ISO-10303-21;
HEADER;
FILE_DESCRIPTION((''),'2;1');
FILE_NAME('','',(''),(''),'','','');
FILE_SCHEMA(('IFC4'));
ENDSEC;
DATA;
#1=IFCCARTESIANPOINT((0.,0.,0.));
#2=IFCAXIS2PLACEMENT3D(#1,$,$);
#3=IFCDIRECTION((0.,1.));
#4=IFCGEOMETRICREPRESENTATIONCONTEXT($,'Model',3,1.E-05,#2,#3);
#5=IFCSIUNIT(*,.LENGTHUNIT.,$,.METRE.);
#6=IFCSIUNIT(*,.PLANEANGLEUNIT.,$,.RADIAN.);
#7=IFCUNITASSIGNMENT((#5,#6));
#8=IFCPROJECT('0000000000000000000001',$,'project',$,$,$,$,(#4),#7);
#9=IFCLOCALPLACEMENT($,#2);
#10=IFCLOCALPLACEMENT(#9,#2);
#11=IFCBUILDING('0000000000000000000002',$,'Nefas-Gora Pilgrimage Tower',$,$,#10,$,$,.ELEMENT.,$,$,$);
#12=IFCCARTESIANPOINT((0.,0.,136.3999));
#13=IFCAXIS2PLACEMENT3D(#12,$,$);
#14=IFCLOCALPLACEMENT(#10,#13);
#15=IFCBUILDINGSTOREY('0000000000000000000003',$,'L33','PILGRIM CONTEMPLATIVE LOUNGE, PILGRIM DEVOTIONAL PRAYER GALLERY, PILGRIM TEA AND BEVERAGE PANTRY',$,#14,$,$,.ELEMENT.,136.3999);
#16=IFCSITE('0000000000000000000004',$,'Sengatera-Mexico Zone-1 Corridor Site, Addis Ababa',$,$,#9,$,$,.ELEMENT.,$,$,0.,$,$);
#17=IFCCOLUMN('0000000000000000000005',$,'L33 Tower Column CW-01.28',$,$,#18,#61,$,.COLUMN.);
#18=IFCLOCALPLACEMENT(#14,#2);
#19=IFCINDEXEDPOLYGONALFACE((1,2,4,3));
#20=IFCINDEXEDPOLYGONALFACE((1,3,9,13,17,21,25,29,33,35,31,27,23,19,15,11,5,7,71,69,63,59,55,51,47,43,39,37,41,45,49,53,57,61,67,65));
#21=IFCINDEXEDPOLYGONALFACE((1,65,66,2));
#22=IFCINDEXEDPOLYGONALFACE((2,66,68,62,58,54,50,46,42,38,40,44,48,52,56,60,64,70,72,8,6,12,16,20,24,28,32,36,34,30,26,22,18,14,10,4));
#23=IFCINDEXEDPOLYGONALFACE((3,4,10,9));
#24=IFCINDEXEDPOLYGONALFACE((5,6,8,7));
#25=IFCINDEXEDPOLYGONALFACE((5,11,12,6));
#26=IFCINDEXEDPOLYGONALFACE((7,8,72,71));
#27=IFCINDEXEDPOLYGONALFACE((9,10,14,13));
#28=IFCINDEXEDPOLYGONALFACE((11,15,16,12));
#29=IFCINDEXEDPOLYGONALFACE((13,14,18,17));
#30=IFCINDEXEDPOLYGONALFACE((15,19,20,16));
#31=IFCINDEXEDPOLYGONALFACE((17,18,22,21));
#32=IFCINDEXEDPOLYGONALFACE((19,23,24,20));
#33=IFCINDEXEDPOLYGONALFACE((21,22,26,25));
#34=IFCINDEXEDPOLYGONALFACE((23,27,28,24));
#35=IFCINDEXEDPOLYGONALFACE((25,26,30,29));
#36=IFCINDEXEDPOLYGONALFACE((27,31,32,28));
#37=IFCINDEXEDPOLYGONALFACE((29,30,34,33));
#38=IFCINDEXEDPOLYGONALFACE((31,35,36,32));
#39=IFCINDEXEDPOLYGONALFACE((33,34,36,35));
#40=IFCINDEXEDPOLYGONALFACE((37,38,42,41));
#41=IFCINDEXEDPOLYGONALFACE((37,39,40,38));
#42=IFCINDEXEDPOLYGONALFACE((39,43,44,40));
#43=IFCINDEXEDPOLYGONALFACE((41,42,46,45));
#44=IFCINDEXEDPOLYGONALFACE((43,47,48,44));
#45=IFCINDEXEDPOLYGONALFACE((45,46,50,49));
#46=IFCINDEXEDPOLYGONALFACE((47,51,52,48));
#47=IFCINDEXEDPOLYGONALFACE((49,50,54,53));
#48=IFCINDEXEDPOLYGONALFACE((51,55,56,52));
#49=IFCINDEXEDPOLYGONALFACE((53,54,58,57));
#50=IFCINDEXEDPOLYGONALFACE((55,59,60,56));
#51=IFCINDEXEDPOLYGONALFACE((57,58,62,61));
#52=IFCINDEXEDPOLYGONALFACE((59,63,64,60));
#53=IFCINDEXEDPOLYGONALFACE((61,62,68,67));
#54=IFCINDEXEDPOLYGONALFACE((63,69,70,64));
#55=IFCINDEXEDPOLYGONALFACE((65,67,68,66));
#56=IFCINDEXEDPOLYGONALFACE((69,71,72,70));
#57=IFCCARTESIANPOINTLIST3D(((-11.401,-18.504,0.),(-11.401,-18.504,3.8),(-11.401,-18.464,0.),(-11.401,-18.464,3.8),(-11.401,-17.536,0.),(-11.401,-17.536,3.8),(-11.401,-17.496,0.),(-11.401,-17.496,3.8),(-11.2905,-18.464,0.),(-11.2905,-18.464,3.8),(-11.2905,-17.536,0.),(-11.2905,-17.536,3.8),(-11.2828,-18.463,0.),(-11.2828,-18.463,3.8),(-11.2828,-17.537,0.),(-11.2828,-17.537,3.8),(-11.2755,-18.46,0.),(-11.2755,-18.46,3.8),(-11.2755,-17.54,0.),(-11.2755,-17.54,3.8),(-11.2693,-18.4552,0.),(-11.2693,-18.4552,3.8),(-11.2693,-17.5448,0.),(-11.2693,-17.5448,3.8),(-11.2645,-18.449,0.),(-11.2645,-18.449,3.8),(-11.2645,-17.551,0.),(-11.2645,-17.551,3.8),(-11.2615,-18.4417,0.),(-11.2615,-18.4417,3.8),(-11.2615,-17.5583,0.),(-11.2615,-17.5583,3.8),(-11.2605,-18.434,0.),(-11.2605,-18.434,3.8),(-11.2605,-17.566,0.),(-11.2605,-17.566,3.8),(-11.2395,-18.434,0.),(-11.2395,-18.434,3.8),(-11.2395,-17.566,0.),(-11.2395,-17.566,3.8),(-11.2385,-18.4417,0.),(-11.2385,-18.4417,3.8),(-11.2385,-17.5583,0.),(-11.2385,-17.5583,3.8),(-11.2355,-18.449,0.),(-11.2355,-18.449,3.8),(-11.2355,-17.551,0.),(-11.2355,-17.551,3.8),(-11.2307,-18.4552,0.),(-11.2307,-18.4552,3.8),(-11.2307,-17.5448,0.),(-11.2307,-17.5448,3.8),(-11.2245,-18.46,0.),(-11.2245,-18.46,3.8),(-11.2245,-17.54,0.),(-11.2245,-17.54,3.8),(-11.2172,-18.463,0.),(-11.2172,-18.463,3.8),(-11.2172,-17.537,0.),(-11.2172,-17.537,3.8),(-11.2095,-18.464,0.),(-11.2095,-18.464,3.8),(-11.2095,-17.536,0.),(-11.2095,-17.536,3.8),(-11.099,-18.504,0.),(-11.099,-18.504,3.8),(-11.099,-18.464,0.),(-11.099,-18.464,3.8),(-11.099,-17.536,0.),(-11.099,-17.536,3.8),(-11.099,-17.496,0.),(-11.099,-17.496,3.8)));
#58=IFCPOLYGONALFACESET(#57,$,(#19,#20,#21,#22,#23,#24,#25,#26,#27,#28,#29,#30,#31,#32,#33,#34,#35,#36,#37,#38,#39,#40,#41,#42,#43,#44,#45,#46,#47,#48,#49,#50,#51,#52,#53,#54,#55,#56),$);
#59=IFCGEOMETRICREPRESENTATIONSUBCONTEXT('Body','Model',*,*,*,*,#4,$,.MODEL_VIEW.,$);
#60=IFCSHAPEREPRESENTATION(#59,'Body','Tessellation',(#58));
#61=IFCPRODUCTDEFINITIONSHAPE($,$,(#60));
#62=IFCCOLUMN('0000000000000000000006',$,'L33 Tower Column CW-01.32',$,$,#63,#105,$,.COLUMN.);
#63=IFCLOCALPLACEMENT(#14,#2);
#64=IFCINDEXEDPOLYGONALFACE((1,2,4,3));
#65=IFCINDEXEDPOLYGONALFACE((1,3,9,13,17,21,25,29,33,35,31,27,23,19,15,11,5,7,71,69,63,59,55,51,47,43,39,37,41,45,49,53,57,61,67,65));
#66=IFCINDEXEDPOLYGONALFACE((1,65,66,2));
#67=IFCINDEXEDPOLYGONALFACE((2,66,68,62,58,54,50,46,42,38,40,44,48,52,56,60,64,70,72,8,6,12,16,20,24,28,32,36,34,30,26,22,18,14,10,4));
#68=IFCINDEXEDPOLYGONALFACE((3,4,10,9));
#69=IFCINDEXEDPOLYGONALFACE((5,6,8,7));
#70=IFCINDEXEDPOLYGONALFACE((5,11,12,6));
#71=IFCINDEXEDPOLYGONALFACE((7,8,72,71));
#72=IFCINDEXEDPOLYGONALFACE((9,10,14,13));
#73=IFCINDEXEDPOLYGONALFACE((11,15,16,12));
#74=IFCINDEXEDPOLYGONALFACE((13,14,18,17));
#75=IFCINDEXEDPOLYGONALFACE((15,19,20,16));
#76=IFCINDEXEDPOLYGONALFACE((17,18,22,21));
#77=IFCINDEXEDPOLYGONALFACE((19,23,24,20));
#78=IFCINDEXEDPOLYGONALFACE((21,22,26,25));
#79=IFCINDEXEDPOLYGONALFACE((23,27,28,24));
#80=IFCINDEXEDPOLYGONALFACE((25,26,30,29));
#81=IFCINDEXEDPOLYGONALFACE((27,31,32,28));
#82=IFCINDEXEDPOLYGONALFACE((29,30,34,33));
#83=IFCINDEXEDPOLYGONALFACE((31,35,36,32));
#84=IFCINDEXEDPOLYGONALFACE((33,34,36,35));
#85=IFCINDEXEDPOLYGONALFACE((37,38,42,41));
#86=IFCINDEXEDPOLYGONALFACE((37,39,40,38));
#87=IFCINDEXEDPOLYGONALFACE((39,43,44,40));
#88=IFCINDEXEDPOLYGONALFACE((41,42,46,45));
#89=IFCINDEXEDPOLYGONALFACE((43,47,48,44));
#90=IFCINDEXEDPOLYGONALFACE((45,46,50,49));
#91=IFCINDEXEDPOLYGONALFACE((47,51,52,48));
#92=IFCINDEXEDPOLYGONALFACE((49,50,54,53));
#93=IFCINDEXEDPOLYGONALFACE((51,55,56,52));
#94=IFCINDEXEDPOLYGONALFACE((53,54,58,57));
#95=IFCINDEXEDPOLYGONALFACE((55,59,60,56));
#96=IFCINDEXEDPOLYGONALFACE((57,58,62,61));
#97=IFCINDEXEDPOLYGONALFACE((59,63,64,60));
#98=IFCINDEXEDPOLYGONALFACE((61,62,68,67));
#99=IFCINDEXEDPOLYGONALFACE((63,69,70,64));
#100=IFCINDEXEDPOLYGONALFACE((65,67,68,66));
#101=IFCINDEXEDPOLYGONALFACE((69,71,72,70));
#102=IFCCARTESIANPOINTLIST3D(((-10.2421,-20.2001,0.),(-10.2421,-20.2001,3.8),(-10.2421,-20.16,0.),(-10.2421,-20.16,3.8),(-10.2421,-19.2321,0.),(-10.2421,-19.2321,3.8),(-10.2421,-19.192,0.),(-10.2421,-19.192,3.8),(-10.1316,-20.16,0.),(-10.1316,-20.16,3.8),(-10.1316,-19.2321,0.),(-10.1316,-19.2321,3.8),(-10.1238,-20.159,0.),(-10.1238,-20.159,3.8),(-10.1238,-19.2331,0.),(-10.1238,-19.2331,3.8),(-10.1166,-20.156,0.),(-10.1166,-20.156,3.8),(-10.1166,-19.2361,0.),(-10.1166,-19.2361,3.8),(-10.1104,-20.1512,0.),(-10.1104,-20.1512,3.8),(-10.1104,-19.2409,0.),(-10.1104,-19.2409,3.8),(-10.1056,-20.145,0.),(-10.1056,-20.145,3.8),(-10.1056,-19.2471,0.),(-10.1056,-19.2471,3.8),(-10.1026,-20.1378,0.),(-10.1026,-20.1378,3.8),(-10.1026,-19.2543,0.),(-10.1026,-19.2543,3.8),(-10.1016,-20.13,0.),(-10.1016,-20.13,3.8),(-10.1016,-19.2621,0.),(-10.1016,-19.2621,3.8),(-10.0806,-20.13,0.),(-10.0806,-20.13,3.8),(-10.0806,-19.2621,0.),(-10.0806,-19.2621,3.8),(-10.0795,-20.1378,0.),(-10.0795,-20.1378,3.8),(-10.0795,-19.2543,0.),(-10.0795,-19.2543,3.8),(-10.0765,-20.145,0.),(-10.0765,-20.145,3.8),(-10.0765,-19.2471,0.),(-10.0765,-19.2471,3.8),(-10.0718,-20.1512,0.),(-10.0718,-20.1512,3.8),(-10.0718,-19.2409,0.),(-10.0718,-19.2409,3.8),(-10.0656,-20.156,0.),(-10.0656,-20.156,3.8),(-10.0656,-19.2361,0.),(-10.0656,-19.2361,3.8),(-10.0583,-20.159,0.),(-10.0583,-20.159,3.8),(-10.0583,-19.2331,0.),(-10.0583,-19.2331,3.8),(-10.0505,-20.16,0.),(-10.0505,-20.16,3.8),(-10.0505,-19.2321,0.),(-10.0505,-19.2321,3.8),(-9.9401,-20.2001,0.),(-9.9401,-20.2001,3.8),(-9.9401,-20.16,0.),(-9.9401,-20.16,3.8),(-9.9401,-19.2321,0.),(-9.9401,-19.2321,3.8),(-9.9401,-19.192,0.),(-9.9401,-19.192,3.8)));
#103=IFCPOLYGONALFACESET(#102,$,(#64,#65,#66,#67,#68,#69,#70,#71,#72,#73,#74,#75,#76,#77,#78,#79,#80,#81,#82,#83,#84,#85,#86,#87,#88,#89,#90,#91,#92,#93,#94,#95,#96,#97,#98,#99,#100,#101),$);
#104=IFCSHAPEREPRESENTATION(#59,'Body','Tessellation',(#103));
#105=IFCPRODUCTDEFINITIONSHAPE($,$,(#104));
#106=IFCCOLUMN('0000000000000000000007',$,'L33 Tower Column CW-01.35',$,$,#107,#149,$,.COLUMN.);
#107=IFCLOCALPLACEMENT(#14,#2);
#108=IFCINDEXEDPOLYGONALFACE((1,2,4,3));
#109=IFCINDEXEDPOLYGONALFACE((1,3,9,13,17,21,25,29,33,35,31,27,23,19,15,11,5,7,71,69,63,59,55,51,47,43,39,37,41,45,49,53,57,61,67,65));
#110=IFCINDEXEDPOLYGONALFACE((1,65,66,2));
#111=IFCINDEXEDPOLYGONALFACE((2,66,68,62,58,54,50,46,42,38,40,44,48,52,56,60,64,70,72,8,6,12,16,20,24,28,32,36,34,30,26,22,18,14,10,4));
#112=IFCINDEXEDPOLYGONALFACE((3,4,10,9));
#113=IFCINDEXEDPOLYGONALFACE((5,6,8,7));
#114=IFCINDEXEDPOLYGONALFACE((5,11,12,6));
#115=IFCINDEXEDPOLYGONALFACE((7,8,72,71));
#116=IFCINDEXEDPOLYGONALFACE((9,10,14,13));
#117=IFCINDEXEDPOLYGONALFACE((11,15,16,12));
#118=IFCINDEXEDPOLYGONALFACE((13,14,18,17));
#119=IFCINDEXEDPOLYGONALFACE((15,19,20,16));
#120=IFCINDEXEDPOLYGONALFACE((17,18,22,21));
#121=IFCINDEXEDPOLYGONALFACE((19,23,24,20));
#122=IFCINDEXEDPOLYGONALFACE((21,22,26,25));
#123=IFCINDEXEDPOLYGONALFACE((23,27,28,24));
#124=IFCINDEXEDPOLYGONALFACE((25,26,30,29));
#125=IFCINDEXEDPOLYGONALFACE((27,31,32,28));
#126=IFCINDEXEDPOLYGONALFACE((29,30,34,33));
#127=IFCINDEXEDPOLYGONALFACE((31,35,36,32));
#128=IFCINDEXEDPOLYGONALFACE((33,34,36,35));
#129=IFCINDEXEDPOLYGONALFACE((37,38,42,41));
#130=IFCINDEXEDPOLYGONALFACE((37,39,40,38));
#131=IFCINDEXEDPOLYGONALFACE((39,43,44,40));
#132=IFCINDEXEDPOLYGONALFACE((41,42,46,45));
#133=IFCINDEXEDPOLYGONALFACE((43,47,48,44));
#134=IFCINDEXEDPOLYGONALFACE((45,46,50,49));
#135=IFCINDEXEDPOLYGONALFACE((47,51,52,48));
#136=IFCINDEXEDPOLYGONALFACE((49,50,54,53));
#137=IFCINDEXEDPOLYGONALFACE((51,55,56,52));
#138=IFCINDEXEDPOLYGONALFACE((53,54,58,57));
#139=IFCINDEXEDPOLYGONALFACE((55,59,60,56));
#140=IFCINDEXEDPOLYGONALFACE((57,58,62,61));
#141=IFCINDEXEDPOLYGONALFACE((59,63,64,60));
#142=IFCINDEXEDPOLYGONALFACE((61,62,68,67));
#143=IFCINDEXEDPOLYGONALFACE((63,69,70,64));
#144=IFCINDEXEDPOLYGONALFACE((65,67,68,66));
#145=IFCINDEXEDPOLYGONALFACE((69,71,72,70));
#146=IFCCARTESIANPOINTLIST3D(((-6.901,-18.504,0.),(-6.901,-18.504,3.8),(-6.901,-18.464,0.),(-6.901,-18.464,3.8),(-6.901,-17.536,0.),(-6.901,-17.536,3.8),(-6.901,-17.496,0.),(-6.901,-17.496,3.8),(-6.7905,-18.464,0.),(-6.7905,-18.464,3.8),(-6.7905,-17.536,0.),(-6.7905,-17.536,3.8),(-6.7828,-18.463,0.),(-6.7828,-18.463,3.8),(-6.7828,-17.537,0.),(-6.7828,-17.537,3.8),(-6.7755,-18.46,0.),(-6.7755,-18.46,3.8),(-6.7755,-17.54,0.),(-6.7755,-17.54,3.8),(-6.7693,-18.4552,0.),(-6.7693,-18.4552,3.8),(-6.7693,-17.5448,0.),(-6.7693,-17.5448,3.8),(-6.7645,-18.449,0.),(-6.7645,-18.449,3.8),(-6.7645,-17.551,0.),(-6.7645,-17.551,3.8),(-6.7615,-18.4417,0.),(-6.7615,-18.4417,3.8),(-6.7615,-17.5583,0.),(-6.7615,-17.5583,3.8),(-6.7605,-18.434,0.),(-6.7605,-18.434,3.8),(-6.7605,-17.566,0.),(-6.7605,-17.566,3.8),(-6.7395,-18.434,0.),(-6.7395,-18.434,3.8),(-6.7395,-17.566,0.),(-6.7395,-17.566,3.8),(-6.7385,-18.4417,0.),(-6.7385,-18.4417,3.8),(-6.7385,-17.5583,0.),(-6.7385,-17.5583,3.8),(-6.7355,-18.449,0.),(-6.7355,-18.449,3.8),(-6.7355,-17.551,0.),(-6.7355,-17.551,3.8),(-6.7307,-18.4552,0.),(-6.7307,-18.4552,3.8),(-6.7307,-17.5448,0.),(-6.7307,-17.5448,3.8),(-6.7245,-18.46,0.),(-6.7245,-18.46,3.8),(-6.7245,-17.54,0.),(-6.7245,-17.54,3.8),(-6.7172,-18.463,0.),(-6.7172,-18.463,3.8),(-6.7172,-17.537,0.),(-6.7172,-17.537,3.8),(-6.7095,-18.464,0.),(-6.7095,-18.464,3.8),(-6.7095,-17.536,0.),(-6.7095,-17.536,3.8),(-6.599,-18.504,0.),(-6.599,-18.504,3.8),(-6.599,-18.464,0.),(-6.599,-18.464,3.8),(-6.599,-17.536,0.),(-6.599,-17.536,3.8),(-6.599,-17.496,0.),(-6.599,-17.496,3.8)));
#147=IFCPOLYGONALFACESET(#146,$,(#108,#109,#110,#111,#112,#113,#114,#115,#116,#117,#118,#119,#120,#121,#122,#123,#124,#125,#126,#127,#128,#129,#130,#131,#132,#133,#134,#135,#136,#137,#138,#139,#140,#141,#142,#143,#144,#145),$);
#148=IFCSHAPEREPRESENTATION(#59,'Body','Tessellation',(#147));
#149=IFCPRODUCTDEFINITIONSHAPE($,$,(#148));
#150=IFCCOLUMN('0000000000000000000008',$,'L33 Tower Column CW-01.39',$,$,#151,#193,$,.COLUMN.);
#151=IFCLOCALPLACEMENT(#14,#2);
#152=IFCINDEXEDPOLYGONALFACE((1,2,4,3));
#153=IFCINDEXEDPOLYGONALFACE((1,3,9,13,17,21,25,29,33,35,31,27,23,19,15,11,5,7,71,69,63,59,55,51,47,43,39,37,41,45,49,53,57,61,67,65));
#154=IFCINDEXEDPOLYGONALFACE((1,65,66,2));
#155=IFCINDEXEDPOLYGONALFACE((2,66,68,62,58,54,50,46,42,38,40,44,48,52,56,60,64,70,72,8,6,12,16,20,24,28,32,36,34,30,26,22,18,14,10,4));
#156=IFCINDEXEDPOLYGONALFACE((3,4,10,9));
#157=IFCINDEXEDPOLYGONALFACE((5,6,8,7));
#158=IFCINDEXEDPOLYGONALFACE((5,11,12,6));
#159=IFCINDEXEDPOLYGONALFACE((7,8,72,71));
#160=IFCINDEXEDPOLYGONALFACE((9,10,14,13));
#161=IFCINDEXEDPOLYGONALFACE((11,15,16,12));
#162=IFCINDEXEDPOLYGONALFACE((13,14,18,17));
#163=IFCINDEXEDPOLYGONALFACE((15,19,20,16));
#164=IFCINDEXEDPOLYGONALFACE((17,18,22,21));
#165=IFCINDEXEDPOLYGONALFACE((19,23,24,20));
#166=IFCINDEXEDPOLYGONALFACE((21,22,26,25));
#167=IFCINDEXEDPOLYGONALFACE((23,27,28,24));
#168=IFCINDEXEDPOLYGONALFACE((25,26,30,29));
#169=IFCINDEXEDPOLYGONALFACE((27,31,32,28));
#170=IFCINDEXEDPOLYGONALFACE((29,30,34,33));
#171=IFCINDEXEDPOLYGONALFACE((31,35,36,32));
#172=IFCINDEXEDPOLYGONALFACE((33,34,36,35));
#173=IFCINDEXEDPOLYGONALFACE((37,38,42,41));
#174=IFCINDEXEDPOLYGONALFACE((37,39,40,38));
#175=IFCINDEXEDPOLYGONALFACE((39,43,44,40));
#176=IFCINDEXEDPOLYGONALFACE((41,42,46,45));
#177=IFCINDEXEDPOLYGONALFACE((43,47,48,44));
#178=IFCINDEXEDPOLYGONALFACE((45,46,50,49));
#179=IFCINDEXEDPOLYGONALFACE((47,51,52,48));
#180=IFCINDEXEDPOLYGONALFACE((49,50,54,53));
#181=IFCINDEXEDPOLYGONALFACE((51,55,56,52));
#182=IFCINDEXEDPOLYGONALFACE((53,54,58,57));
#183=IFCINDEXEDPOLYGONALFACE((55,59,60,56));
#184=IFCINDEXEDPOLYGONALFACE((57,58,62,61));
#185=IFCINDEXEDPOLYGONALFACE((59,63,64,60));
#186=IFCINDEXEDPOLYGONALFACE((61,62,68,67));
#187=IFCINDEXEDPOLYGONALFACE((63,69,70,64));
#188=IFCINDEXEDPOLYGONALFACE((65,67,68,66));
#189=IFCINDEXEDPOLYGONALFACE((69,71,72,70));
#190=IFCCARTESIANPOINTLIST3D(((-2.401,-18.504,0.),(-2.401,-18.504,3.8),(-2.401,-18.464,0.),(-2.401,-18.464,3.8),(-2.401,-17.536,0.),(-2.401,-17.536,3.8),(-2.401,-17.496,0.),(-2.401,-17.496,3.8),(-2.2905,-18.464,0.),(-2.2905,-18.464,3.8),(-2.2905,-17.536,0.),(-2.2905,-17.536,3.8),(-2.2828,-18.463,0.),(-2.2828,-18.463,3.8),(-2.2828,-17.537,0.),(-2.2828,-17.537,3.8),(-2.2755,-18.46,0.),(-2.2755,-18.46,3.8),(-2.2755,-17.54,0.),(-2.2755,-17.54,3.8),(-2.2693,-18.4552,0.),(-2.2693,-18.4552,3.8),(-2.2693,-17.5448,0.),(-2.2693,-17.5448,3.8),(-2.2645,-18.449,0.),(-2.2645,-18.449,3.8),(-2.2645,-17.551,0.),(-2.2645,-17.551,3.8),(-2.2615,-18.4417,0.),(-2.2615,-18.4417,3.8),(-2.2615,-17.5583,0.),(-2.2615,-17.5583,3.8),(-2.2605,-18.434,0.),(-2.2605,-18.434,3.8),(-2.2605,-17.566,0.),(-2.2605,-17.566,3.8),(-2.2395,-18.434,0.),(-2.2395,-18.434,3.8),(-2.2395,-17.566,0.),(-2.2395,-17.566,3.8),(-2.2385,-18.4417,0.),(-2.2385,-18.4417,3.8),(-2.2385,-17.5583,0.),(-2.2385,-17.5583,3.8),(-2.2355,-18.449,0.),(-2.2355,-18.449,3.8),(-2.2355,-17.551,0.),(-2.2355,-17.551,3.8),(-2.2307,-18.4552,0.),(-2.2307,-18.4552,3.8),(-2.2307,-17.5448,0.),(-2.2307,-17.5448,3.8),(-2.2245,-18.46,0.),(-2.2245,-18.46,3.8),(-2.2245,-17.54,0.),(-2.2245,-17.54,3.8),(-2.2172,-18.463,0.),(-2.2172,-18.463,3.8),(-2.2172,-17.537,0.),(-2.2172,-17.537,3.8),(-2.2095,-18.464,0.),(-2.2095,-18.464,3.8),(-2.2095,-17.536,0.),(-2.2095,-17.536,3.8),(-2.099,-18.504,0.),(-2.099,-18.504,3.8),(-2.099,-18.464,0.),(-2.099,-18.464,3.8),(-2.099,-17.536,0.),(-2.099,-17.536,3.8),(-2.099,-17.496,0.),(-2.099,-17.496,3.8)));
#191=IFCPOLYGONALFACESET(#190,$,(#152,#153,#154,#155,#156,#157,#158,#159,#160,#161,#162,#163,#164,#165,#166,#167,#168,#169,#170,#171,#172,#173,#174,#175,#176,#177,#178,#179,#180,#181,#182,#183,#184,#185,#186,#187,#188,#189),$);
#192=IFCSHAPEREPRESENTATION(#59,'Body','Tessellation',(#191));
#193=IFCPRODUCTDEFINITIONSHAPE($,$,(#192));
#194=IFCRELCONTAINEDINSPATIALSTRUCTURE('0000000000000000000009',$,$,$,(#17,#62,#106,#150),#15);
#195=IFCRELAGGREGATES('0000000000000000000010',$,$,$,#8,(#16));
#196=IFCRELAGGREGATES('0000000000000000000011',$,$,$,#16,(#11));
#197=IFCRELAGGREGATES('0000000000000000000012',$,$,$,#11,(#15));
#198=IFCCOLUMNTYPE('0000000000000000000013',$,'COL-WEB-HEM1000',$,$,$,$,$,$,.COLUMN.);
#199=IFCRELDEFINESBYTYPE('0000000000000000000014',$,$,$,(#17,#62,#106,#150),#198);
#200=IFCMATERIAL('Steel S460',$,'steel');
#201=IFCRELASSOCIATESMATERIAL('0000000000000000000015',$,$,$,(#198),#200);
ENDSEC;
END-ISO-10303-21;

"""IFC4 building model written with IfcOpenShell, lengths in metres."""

from ifc_helpers import new_model, si_unit, direction, frame, origin, origin_2d, place, context, subcontext, project, spatial, i_section, extrude, source, transform, mapped, material, material_profile, profile_set, type_object, element, save


model = new_model("IFC4")

# Units and contexts
model_context = context("Model", 3, precision=1e-05, world=origin(), true_north=direction((0.0, 1.0)))
body_context = subcontext(model_context, "Body", "Model", "MODEL_VIEW")
ifc_project = project(units=[si_unit("LENGTHUNIT", "METRE"), si_unit("PLANEANGLEUNIT", "RADIAN")], contexts=[model_context])

# Site, building, storey
site_placement = place(None, origin())
site = spatial("IfcSite", under=ifc_project, at=site_placement, Name="Sengatera-Mexico Zone-1 Corridor Site, Addis Ababa", CompositionType="ELEMENT", RefElevation=0.0)
building_placement = place(site_placement, origin())
building = spatial("IfcBuilding", under=site, at=building_placement, Name="Nefas-Gora Pilgrimage Tower", CompositionType="ELEMENT")
storey_placement = place(building_placement, frame((0.0, 0.0, 136.3999)))
storey = spatial("IfcBuildingStorey", under=building, at=storey_placement, Name="L33", Description="PILGRIM CONTEMPLATIVE LOUNGE, PILGRIM DEVOTIONAL PRAYER GALLERY, PILGRIM TEA AND BEVERAGE PANTRY", CompositionType="ELEMENT", Elevation=136.3999)

# Columns
ifc_material_1 = material(Name="Steel S460", Category="steel")
ifc_material_profile_1 = material_profile(ifc_material_1, i_section(OverallWidth=0.302, OverallDepth=1.0081, WebThickness=0.021, FlangeThickness=0.04, FilletRadius=0.03, at=origin_2d()), Name="HEM 1000")
ifc_profile_set_1 = profile_set([ifc_material_profile_1], Name="Steel S460")
column_type_1 = type_object("IfcColumnType", Name="COL-WEB-HEM1000", PredefinedType="COLUMN", material=ifc_profile_set_1)
shared_shape_1 = source(origin(), body_context, "Body", "SweptSolid", [
    extrude(i_section(OverallWidth=0.302, OverallDepth=1.0081, WebThickness=0.021, FlangeThickness=0.04, FilletRadius=0.03, at=origin_2d()), origin(), (0.0, 0.0, 1.0), 3.8),
])
for number, where, z_axis, x_axis, name in (
    (1, (-11.25, -18.0, 0.0), (0.0, 0.0, 1.0), (1.0, 0.0, 0.0), "L33 Tower Column CW-01.28"),
    (2, (-10.0911, -19.696, 0.0), (0.0, 0.0, 1.0), (1.0, 0.0, 0.0), "L33 Tower Column CW-01.32"),
    (3, (-6.75, -18.0, 0.0), (0.0, 0.0, 1.0), (1.0, 0.0, 0.0), "L33 Tower Column CW-01.35"),
    (4, (-2.25, -18.0, 0.0), (0.0, 0.0, 1.0), (1.0, 0.0, 0.0), "L33 Tower Column CW-01.39"),
):
    element("IfcColumn", number, at=place(storey_placement, frame(where, z_axis=z_axis, x_axis=x_axis)), inside=storey, type_object=column_type_1, Name=name, PredefinedType="COLUMN", context=body_context, shape_type="MappedRepresentation", body=[
        mapped(shared_shape_1, transform((0.0, 0.0, 0.0), x_axis=(1.0, 0.0, 0.0), y_axis=(0.0, 1.0, 0.0), z_axis=(0.0, 0.0, 1.0), scale=1.0)),
    ])

save(model, "model.ifc")
